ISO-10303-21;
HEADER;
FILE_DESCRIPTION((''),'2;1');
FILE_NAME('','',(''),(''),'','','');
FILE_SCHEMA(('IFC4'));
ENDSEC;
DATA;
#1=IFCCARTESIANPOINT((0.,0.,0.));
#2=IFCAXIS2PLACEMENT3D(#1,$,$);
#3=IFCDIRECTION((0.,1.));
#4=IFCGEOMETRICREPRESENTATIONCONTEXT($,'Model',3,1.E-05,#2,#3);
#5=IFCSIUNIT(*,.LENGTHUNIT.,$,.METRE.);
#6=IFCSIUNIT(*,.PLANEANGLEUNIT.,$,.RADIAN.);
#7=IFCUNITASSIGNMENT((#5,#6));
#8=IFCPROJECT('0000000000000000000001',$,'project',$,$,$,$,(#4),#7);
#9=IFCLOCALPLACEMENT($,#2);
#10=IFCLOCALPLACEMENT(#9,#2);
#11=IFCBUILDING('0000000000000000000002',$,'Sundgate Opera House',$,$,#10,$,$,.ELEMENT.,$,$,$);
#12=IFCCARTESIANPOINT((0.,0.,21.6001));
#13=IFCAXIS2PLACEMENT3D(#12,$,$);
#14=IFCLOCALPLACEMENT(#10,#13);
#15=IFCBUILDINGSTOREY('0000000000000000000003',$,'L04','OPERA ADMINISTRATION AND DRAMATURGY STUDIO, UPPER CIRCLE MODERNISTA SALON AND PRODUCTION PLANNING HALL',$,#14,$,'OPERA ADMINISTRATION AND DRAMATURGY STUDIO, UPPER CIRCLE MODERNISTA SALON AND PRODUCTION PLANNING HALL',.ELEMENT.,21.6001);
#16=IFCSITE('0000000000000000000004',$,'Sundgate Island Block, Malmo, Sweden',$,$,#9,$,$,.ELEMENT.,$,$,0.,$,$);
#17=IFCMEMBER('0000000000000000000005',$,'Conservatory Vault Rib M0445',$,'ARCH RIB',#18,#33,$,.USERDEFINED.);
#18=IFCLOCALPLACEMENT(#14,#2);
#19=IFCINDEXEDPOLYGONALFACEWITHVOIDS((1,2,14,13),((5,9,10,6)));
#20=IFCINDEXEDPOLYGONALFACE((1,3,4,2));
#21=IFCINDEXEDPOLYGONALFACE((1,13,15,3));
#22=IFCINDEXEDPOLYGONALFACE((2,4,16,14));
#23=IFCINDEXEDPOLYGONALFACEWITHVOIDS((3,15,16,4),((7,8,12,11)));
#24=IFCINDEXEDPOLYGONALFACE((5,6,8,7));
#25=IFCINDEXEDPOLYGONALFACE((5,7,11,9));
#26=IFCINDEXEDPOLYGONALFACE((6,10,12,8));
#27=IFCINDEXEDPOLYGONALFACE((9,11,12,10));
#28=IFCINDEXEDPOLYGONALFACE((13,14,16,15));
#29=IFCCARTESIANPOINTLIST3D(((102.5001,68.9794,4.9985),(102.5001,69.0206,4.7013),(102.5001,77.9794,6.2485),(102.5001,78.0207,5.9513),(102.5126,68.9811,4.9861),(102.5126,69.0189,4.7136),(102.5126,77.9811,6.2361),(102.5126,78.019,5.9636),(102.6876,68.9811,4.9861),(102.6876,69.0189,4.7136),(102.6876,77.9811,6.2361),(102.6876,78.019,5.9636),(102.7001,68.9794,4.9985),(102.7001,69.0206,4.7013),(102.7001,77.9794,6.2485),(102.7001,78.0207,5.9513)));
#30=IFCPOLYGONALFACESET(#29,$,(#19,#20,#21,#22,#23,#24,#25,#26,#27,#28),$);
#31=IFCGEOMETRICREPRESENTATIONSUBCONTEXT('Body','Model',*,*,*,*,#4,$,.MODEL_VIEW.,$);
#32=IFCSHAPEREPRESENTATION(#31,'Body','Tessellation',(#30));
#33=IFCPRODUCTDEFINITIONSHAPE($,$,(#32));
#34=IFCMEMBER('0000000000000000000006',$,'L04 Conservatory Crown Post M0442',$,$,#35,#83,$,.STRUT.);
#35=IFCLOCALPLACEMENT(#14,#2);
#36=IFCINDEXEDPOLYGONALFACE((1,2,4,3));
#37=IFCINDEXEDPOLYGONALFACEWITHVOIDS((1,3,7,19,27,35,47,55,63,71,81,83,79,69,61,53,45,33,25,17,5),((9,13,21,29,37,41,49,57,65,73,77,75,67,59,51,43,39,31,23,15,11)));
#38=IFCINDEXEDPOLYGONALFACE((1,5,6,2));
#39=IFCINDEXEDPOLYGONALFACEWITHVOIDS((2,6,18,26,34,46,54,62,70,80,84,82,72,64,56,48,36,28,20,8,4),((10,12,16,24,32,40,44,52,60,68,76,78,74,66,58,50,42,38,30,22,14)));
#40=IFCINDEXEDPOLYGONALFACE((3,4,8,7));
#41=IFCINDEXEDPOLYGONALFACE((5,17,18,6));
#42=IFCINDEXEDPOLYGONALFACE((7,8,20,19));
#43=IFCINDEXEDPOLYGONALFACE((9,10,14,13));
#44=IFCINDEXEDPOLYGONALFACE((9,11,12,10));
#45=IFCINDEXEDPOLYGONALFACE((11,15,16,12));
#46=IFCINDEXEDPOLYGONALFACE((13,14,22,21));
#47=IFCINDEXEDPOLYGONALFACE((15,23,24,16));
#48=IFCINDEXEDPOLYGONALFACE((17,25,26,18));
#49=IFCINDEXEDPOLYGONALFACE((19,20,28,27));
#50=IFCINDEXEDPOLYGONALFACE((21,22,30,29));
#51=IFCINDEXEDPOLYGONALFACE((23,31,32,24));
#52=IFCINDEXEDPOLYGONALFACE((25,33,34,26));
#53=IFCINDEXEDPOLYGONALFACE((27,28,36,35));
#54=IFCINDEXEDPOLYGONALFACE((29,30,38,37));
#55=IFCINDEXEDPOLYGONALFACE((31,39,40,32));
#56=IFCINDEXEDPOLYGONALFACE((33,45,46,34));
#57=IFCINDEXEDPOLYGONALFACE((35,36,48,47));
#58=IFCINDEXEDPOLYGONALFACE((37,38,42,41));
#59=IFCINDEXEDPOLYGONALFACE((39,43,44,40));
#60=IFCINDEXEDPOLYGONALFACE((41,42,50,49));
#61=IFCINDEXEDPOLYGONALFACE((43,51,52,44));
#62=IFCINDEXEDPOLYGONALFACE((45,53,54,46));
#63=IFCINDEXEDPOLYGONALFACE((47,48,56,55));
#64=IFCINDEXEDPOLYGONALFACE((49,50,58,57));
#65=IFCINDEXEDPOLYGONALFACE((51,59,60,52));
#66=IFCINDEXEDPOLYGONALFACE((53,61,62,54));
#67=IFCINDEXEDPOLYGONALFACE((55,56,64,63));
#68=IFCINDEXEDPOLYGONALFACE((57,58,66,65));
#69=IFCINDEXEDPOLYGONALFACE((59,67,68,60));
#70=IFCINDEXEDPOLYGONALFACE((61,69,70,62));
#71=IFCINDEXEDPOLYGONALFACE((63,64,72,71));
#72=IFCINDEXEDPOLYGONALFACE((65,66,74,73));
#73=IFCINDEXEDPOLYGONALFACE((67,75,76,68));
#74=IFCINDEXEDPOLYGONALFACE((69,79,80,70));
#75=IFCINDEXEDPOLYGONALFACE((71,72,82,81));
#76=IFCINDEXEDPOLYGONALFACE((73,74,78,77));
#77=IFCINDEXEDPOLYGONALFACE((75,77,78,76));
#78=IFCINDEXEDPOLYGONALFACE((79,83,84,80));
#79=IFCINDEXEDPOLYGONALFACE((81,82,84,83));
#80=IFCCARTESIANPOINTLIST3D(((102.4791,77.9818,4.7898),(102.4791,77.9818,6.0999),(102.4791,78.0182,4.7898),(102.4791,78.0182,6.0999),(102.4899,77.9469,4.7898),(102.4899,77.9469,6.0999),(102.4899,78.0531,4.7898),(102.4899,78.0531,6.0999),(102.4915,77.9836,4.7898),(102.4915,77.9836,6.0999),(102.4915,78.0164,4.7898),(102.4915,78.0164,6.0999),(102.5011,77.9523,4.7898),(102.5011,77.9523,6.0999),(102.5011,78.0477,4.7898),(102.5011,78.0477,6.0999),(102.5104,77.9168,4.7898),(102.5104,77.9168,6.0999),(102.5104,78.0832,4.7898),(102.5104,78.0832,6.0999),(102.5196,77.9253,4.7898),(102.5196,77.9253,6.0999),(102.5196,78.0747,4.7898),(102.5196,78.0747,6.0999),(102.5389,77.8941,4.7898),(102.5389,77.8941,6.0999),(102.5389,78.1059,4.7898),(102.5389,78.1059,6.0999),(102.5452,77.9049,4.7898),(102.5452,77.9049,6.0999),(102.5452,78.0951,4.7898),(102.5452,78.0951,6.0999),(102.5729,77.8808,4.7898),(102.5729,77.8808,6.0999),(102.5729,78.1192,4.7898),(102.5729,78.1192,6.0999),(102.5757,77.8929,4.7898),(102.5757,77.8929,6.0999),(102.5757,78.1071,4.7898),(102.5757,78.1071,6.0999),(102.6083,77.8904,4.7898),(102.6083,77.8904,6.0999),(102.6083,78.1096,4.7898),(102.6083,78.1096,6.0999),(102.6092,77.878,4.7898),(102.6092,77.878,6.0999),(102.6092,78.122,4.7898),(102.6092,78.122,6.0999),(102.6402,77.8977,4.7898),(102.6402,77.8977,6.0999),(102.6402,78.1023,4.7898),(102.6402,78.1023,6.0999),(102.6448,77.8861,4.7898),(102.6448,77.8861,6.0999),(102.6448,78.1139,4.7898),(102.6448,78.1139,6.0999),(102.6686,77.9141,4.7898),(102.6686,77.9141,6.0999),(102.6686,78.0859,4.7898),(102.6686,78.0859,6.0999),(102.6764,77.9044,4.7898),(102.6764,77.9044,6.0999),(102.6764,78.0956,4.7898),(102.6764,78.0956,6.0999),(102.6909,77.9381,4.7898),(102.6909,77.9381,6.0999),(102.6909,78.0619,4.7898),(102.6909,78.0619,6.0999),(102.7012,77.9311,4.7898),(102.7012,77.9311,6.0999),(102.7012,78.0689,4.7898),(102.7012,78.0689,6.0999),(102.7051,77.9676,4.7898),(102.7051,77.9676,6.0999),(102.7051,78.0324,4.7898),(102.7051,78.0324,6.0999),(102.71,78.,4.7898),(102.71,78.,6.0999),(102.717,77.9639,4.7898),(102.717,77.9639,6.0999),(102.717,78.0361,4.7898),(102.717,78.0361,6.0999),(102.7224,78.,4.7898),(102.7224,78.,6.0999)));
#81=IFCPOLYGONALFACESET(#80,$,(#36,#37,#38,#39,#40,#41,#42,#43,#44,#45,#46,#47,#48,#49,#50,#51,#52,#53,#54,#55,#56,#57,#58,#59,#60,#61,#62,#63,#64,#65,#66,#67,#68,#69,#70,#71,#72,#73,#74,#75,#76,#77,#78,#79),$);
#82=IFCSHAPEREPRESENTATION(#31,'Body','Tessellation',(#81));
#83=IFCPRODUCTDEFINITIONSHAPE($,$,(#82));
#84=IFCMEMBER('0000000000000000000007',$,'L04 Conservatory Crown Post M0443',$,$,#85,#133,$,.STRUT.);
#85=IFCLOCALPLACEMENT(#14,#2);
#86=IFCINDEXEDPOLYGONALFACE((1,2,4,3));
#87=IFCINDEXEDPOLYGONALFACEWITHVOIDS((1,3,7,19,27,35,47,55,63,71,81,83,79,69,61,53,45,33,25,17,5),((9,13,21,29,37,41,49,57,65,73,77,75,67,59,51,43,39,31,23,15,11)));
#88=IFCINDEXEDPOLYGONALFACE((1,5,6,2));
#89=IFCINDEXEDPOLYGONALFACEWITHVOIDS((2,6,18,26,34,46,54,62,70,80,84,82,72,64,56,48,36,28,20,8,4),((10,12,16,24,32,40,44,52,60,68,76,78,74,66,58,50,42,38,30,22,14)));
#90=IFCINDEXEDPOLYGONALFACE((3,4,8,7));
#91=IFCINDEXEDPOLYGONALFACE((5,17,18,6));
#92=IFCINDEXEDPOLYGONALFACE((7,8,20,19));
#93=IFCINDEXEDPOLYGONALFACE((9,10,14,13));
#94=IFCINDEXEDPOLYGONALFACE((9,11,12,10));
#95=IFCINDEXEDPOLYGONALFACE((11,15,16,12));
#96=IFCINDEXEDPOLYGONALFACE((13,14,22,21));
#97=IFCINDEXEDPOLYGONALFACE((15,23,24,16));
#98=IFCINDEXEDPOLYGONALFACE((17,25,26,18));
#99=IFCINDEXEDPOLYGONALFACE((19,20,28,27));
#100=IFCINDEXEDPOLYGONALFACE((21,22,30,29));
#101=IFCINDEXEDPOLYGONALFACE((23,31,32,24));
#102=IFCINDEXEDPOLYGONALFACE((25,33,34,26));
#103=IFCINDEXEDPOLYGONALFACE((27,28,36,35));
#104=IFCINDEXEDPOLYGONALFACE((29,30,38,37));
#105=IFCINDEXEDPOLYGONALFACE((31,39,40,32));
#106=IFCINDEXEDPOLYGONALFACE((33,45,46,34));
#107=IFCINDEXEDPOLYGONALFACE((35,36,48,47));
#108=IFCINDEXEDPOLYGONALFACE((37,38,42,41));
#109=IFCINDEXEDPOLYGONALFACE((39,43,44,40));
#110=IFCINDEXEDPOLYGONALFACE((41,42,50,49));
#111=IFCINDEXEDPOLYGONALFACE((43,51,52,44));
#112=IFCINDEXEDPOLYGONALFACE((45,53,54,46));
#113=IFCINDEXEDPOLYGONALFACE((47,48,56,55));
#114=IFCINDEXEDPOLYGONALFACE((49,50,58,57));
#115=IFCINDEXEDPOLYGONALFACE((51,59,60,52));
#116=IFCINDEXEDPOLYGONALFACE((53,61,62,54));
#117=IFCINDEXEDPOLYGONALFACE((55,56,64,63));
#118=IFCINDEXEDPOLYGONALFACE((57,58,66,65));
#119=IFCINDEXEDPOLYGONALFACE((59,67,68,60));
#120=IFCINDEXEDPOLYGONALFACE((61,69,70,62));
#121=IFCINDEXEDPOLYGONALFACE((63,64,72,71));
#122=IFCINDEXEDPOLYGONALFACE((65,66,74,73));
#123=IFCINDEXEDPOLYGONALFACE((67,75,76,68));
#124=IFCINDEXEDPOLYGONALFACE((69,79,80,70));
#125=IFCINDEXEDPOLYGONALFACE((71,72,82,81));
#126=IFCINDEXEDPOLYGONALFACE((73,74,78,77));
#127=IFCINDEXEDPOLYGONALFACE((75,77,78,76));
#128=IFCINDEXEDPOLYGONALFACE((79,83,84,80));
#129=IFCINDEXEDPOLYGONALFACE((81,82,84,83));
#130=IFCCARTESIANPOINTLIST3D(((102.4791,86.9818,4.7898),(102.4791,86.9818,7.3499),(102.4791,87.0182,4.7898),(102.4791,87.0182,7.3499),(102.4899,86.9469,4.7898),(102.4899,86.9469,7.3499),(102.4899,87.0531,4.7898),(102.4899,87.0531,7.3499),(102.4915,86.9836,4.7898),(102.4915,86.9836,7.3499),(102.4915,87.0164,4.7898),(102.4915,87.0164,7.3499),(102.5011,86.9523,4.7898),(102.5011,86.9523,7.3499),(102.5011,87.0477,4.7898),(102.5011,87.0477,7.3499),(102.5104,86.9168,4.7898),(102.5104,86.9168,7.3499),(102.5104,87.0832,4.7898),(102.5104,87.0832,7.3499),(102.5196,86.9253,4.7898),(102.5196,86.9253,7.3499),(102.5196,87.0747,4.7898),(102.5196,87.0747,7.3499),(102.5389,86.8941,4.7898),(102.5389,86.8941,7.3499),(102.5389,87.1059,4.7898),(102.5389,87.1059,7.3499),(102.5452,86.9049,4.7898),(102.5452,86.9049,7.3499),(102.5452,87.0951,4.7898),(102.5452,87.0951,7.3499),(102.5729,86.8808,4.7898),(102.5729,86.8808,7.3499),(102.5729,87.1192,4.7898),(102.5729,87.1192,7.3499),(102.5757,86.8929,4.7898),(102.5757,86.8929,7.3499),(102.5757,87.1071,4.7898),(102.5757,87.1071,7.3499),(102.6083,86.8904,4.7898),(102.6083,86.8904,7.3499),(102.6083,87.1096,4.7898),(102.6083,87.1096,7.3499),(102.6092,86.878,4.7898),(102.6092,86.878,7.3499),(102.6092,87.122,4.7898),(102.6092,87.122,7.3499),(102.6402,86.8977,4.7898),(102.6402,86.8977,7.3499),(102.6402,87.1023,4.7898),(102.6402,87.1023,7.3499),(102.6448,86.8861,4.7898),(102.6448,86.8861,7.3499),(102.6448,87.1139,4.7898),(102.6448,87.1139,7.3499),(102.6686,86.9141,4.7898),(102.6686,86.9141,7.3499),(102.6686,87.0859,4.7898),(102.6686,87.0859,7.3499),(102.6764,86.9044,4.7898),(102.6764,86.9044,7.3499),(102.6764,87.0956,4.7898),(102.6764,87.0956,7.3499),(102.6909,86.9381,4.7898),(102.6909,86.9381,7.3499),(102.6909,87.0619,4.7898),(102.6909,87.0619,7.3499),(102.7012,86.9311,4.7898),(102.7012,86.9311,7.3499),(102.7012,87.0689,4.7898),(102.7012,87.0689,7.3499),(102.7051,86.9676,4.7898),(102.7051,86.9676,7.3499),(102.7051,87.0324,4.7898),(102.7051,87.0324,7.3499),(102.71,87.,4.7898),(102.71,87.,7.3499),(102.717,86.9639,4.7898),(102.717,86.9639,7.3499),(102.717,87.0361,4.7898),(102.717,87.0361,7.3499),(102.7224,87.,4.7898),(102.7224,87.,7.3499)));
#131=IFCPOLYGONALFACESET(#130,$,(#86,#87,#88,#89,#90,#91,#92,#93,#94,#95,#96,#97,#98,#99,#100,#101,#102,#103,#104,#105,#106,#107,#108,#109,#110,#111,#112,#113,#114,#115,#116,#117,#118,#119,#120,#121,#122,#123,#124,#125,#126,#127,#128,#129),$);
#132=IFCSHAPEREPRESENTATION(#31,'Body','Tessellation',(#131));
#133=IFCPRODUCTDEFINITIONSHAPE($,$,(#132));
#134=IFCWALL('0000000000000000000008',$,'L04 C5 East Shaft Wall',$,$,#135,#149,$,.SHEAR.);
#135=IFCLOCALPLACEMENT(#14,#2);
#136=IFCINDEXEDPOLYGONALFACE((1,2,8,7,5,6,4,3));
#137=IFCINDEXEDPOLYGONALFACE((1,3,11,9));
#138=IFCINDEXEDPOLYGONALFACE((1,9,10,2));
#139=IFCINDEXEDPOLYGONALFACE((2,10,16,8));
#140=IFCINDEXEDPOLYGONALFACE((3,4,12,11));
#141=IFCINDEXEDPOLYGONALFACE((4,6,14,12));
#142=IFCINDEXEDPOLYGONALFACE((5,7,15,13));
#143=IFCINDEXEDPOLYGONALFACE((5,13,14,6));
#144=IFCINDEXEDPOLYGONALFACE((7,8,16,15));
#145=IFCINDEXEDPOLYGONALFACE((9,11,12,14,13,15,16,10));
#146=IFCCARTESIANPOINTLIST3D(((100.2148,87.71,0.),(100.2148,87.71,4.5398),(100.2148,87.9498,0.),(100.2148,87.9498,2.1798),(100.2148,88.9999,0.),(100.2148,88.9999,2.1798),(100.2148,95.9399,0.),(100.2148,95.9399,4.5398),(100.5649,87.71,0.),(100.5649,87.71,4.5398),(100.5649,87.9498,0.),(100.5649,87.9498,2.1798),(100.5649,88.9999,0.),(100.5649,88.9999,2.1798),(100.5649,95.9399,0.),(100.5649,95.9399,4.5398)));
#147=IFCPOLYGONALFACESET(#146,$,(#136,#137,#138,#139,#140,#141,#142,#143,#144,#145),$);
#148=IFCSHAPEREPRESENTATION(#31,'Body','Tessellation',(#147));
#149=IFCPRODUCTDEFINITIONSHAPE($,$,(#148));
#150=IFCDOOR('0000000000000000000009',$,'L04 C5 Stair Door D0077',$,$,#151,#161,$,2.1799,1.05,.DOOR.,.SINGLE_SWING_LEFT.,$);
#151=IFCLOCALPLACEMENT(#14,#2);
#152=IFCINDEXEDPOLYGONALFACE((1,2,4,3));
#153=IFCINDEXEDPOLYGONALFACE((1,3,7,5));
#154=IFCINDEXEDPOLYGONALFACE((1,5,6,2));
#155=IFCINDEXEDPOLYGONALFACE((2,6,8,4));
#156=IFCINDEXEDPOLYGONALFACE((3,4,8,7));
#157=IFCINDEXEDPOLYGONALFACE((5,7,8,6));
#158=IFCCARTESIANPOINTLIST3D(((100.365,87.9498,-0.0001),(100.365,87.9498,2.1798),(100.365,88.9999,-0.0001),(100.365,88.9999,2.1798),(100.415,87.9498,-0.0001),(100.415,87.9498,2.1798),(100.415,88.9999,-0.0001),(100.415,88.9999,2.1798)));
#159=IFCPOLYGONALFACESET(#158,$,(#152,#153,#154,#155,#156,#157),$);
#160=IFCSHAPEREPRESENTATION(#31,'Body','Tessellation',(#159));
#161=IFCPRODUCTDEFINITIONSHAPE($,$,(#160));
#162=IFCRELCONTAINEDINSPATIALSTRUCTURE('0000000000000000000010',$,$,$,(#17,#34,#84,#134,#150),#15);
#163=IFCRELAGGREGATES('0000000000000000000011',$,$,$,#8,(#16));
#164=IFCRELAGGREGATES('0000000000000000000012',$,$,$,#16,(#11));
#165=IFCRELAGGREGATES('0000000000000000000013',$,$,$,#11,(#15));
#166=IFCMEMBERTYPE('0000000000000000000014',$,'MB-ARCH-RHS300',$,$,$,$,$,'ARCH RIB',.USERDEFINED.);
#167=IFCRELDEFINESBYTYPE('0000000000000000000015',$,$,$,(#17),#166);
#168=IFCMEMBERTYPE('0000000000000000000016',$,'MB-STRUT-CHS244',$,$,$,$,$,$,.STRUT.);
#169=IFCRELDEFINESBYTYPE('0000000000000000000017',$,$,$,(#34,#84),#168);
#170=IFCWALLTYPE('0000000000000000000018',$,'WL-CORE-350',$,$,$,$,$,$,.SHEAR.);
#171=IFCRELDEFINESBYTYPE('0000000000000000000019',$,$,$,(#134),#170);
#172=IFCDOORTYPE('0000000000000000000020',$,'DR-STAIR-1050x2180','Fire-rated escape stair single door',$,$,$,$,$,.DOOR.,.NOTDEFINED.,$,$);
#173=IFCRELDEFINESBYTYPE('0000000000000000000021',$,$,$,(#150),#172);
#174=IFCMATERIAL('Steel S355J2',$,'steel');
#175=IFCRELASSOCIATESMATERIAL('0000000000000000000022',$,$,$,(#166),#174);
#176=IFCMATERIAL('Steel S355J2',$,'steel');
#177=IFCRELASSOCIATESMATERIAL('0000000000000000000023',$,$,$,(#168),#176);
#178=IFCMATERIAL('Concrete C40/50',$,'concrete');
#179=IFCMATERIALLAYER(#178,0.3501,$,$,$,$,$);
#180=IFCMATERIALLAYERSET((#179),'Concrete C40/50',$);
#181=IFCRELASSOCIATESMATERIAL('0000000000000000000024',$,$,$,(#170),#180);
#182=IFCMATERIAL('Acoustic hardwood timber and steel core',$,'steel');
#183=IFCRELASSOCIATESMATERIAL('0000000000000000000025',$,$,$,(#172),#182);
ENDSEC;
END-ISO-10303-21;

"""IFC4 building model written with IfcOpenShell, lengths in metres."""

from ifc_helpers import new_model, si_unit, direction, frame, frame_2d, origin, origin_2d, place, context, subcontext, project, spatial, rectangle, hollow_rectangle, hollow_circle, extrude, material, layer, layer_set, material_profile, profile_set, type_object, element, fill, save


model = new_model("IFC4")

# Units and contexts
model_context = context("Model", 3, precision=1e-05, world=origin(), true_north=direction((0.0, 1.0)))
body_context = subcontext(model_context, "Body", "Model", "MODEL_VIEW")
ifc_project = project(units=[si_unit("LENGTHUNIT", "METRE"), si_unit("PLANEANGLEUNIT", "RADIAN")], contexts=[model_context])

# Site, building, storey
site_placement = place(None, origin())
site = spatial("IfcSite", under=ifc_project, at=site_placement, Name="Sundgate Island Block, Malmo, Sweden", CompositionType="ELEMENT", RefElevation=0.0)
building_placement = place(site_placement, origin())
building = spatial("IfcBuilding", under=site, at=building_placement, Name="Sundgate Opera House", CompositionType="ELEMENT")
storey_placement = place(building_placement, frame((0.0, 0.0, 21.6001)))
storey = spatial("IfcBuildingStorey", under=building, at=storey_placement, Name="L04", Description="OPERA ADMINISTRATION AND DRAMATURGY STUDIO, UPPER CIRCLE MODERNISTA SALON AND PRODUCTION PLANNING HALL", LongName="OPERA ADMINISTRATION AND DRAMATURGY STUDIO, UPPER CIRCLE MODERNISTA SALON AND PRODUCTION PLANNING HALL", CompositionType="ELEMENT", Elevation=21.6001)

# Members
ifc_material_1 = material(Name="Steel S355J2", Category="steel")
ifc_material_profile_1 = material_profile(ifc_material_1, hollow_rectangle(XDim=0.2, YDim=0.3, WallThickness=0.0125, at=origin_2d()), Name="RHS 300x200x12.5")
ifc_profile_set_1 = profile_set([ifc_material_profile_1], Name="Steel S355J2")
member_type_1 = type_object("IfcMemberType", Name="MB-ARCH-RHS300", ElementType="ARCH RIB", PredefinedType="USERDEFINED", material=ifc_profile_set_1)
member_1_placement = place(storey_placement, frame((102.6001, 69.0, 4.8499), z_axis=(0.0, 0.990492, 0.137568), x_axis=(-1.0, 0.0, 0.0)))
element("IfcMember", 1, at=member_1_placement, inside=storey, type_object=member_type_1, Name="Conservatory Vault Rib M0445", ObjectType="ARCH RIB", PredefinedType="USERDEFINED", context=body_context, shape_type="SweptSolid", body=[
    extrude(hollow_rectangle(XDim=0.2, YDim=0.3, WallThickness=0.0125, at=origin_2d()), origin(), (0.0, 0.0, 1.0), 9.0864),
])
ifc_material_2 = material(Name="Steel S355J2", Category="steel")
ifc_material_profile_2 = material_profile(ifc_material_2, hollow_circle(Radius=0.1223, WallThickness=0.0125, at=origin_2d()), Name="CHS 244.5x12.5")
ifc_profile_set_2 = profile_set([ifc_material_profile_2], Name="Steel S355J2")
member_type_2 = type_object("IfcMemberType", Name="MB-STRUT-CHS244", PredefinedType="STRUT", material=ifc_profile_set_2)
member_2_placement = place(storey_placement, frame((102.6001, 78.0, 4.7898), z_axis=(0.0, 0.0, 1.0), x_axis=(1.0, 0.0, 0.0)))
element("IfcMember", 2, at=member_2_placement, inside=storey, type_object=member_type_2, Name="L04 Conservatory Crown Post M0442", PredefinedType="STRUT", context=body_context, shape_type="SweptSolid", body=[
    extrude(hollow_circle(Radius=0.1223, WallThickness=0.0125, at=origin_2d()), origin(), (0.0, 0.0, 1.0), 1.3101),
])
member_3_placement = place(storey_placement, frame((102.6001, 87.0, 4.7898), z_axis=(0.0, 0.0, 1.0), x_axis=(1.0, 0.0, 0.0)))
element("IfcMember", 3, at=member_3_placement, inside=storey, type_object=member_type_2, Name="L04 Conservatory Crown Post M0443", PredefinedType="STRUT", context=body_context, shape_type="SweptSolid", body=[
    extrude(hollow_circle(Radius=0.1223, WallThickness=0.0125, at=origin_2d()), origin(), (0.0, 0.0, 1.0), 2.5601),
])

# Wall, opening, door
ifc_material_3 = material(Name="Concrete C40/50", Category="concrete")
ifc_layer_1 = layer(ifc_material_3, 0.3501)
ifc_layer_set_1 = layer_set([ifc_layer_1], Name="Concrete C40/50")
wall_type_1 = type_object("IfcWallType", Name="WL-CORE-350", PredefinedType="SHEAR", material=ifc_layer_set_1)
wall_1_placement = place(storey_placement, frame((100.3899, 87.71, 0.0), z_axis=(0.0, 0.0, 1.0), x_axis=(0.0, 1.0, 0.0)))
wall_1 = element("IfcWall", 4, at=wall_1_placement, inside=storey, type_object=wall_type_1, Name="L04 C5 East Shaft Wall", PredefinedType="SHEAR", context=body_context, shape_type="SweptSolid", body=[
    extrude(rectangle(XDim=8.23, YDim=0.3501, at=frame_2d((4.115, 0.0))), origin(), (0.0, 0.0, 1.0), 4.5398),
])
opening_1_placement = place(wall_1_placement, frame((0.24, 0.0, 0.0)))
opening_1 = element("IfcOpeningElement", 5, at=opening_1_placement, cuts=wall_1, PredefinedType="OPENING", context=body_context, shape_type="SweptSolid", body=[
    extrude(rectangle(XDim=1.05, YDim=2.1799, at=frame_2d((0.5249, 1.0898))), frame((0.0, 0.1851, 0.0), z_axis=(0.0, -1.0, 0.0), x_axis=(1.0, 0.0, 0.0)), (0.0, 0.0, 1.0), 0.3701),
])
ifc_material_4 = material(Name="Acoustic hardwood timber and steel core", Category="steel")
door_type_1 = type_object("IfcDoorType", Name="DR-STAIR-1050x2180", Description="Fire-rated escape stair single door", OperationType="NOTDEFINED", PredefinedType="DOOR", material=ifc_material_4)
door_1_placement = place(opening_1_placement, origin())
door_1 = element("IfcDoor", 6, at=door_1_placement, inside=storey, type_object=door_type_1, Name="L04 C5 Stair Door D0077", OperationType="SINGLE_SWING_LEFT", OverallHeight=2.1799, OverallWidth=1.05, PredefinedType="DOOR", context=body_context, shape_type="SweptSolid", body=[
    extrude(rectangle(XDim=1.05, YDim=2.1799, at=frame_2d((0.5249, 1.0898))), frame((0.0, 0.0249, 0.0), z_axis=(0.0, -1.0, 0.0), x_axis=(1.0, 0.0, 0.0)), (0.0, 0.0, 1.0), 0.05),
])
fill(opening_1, door_1)

save(model, "model.ifc")
